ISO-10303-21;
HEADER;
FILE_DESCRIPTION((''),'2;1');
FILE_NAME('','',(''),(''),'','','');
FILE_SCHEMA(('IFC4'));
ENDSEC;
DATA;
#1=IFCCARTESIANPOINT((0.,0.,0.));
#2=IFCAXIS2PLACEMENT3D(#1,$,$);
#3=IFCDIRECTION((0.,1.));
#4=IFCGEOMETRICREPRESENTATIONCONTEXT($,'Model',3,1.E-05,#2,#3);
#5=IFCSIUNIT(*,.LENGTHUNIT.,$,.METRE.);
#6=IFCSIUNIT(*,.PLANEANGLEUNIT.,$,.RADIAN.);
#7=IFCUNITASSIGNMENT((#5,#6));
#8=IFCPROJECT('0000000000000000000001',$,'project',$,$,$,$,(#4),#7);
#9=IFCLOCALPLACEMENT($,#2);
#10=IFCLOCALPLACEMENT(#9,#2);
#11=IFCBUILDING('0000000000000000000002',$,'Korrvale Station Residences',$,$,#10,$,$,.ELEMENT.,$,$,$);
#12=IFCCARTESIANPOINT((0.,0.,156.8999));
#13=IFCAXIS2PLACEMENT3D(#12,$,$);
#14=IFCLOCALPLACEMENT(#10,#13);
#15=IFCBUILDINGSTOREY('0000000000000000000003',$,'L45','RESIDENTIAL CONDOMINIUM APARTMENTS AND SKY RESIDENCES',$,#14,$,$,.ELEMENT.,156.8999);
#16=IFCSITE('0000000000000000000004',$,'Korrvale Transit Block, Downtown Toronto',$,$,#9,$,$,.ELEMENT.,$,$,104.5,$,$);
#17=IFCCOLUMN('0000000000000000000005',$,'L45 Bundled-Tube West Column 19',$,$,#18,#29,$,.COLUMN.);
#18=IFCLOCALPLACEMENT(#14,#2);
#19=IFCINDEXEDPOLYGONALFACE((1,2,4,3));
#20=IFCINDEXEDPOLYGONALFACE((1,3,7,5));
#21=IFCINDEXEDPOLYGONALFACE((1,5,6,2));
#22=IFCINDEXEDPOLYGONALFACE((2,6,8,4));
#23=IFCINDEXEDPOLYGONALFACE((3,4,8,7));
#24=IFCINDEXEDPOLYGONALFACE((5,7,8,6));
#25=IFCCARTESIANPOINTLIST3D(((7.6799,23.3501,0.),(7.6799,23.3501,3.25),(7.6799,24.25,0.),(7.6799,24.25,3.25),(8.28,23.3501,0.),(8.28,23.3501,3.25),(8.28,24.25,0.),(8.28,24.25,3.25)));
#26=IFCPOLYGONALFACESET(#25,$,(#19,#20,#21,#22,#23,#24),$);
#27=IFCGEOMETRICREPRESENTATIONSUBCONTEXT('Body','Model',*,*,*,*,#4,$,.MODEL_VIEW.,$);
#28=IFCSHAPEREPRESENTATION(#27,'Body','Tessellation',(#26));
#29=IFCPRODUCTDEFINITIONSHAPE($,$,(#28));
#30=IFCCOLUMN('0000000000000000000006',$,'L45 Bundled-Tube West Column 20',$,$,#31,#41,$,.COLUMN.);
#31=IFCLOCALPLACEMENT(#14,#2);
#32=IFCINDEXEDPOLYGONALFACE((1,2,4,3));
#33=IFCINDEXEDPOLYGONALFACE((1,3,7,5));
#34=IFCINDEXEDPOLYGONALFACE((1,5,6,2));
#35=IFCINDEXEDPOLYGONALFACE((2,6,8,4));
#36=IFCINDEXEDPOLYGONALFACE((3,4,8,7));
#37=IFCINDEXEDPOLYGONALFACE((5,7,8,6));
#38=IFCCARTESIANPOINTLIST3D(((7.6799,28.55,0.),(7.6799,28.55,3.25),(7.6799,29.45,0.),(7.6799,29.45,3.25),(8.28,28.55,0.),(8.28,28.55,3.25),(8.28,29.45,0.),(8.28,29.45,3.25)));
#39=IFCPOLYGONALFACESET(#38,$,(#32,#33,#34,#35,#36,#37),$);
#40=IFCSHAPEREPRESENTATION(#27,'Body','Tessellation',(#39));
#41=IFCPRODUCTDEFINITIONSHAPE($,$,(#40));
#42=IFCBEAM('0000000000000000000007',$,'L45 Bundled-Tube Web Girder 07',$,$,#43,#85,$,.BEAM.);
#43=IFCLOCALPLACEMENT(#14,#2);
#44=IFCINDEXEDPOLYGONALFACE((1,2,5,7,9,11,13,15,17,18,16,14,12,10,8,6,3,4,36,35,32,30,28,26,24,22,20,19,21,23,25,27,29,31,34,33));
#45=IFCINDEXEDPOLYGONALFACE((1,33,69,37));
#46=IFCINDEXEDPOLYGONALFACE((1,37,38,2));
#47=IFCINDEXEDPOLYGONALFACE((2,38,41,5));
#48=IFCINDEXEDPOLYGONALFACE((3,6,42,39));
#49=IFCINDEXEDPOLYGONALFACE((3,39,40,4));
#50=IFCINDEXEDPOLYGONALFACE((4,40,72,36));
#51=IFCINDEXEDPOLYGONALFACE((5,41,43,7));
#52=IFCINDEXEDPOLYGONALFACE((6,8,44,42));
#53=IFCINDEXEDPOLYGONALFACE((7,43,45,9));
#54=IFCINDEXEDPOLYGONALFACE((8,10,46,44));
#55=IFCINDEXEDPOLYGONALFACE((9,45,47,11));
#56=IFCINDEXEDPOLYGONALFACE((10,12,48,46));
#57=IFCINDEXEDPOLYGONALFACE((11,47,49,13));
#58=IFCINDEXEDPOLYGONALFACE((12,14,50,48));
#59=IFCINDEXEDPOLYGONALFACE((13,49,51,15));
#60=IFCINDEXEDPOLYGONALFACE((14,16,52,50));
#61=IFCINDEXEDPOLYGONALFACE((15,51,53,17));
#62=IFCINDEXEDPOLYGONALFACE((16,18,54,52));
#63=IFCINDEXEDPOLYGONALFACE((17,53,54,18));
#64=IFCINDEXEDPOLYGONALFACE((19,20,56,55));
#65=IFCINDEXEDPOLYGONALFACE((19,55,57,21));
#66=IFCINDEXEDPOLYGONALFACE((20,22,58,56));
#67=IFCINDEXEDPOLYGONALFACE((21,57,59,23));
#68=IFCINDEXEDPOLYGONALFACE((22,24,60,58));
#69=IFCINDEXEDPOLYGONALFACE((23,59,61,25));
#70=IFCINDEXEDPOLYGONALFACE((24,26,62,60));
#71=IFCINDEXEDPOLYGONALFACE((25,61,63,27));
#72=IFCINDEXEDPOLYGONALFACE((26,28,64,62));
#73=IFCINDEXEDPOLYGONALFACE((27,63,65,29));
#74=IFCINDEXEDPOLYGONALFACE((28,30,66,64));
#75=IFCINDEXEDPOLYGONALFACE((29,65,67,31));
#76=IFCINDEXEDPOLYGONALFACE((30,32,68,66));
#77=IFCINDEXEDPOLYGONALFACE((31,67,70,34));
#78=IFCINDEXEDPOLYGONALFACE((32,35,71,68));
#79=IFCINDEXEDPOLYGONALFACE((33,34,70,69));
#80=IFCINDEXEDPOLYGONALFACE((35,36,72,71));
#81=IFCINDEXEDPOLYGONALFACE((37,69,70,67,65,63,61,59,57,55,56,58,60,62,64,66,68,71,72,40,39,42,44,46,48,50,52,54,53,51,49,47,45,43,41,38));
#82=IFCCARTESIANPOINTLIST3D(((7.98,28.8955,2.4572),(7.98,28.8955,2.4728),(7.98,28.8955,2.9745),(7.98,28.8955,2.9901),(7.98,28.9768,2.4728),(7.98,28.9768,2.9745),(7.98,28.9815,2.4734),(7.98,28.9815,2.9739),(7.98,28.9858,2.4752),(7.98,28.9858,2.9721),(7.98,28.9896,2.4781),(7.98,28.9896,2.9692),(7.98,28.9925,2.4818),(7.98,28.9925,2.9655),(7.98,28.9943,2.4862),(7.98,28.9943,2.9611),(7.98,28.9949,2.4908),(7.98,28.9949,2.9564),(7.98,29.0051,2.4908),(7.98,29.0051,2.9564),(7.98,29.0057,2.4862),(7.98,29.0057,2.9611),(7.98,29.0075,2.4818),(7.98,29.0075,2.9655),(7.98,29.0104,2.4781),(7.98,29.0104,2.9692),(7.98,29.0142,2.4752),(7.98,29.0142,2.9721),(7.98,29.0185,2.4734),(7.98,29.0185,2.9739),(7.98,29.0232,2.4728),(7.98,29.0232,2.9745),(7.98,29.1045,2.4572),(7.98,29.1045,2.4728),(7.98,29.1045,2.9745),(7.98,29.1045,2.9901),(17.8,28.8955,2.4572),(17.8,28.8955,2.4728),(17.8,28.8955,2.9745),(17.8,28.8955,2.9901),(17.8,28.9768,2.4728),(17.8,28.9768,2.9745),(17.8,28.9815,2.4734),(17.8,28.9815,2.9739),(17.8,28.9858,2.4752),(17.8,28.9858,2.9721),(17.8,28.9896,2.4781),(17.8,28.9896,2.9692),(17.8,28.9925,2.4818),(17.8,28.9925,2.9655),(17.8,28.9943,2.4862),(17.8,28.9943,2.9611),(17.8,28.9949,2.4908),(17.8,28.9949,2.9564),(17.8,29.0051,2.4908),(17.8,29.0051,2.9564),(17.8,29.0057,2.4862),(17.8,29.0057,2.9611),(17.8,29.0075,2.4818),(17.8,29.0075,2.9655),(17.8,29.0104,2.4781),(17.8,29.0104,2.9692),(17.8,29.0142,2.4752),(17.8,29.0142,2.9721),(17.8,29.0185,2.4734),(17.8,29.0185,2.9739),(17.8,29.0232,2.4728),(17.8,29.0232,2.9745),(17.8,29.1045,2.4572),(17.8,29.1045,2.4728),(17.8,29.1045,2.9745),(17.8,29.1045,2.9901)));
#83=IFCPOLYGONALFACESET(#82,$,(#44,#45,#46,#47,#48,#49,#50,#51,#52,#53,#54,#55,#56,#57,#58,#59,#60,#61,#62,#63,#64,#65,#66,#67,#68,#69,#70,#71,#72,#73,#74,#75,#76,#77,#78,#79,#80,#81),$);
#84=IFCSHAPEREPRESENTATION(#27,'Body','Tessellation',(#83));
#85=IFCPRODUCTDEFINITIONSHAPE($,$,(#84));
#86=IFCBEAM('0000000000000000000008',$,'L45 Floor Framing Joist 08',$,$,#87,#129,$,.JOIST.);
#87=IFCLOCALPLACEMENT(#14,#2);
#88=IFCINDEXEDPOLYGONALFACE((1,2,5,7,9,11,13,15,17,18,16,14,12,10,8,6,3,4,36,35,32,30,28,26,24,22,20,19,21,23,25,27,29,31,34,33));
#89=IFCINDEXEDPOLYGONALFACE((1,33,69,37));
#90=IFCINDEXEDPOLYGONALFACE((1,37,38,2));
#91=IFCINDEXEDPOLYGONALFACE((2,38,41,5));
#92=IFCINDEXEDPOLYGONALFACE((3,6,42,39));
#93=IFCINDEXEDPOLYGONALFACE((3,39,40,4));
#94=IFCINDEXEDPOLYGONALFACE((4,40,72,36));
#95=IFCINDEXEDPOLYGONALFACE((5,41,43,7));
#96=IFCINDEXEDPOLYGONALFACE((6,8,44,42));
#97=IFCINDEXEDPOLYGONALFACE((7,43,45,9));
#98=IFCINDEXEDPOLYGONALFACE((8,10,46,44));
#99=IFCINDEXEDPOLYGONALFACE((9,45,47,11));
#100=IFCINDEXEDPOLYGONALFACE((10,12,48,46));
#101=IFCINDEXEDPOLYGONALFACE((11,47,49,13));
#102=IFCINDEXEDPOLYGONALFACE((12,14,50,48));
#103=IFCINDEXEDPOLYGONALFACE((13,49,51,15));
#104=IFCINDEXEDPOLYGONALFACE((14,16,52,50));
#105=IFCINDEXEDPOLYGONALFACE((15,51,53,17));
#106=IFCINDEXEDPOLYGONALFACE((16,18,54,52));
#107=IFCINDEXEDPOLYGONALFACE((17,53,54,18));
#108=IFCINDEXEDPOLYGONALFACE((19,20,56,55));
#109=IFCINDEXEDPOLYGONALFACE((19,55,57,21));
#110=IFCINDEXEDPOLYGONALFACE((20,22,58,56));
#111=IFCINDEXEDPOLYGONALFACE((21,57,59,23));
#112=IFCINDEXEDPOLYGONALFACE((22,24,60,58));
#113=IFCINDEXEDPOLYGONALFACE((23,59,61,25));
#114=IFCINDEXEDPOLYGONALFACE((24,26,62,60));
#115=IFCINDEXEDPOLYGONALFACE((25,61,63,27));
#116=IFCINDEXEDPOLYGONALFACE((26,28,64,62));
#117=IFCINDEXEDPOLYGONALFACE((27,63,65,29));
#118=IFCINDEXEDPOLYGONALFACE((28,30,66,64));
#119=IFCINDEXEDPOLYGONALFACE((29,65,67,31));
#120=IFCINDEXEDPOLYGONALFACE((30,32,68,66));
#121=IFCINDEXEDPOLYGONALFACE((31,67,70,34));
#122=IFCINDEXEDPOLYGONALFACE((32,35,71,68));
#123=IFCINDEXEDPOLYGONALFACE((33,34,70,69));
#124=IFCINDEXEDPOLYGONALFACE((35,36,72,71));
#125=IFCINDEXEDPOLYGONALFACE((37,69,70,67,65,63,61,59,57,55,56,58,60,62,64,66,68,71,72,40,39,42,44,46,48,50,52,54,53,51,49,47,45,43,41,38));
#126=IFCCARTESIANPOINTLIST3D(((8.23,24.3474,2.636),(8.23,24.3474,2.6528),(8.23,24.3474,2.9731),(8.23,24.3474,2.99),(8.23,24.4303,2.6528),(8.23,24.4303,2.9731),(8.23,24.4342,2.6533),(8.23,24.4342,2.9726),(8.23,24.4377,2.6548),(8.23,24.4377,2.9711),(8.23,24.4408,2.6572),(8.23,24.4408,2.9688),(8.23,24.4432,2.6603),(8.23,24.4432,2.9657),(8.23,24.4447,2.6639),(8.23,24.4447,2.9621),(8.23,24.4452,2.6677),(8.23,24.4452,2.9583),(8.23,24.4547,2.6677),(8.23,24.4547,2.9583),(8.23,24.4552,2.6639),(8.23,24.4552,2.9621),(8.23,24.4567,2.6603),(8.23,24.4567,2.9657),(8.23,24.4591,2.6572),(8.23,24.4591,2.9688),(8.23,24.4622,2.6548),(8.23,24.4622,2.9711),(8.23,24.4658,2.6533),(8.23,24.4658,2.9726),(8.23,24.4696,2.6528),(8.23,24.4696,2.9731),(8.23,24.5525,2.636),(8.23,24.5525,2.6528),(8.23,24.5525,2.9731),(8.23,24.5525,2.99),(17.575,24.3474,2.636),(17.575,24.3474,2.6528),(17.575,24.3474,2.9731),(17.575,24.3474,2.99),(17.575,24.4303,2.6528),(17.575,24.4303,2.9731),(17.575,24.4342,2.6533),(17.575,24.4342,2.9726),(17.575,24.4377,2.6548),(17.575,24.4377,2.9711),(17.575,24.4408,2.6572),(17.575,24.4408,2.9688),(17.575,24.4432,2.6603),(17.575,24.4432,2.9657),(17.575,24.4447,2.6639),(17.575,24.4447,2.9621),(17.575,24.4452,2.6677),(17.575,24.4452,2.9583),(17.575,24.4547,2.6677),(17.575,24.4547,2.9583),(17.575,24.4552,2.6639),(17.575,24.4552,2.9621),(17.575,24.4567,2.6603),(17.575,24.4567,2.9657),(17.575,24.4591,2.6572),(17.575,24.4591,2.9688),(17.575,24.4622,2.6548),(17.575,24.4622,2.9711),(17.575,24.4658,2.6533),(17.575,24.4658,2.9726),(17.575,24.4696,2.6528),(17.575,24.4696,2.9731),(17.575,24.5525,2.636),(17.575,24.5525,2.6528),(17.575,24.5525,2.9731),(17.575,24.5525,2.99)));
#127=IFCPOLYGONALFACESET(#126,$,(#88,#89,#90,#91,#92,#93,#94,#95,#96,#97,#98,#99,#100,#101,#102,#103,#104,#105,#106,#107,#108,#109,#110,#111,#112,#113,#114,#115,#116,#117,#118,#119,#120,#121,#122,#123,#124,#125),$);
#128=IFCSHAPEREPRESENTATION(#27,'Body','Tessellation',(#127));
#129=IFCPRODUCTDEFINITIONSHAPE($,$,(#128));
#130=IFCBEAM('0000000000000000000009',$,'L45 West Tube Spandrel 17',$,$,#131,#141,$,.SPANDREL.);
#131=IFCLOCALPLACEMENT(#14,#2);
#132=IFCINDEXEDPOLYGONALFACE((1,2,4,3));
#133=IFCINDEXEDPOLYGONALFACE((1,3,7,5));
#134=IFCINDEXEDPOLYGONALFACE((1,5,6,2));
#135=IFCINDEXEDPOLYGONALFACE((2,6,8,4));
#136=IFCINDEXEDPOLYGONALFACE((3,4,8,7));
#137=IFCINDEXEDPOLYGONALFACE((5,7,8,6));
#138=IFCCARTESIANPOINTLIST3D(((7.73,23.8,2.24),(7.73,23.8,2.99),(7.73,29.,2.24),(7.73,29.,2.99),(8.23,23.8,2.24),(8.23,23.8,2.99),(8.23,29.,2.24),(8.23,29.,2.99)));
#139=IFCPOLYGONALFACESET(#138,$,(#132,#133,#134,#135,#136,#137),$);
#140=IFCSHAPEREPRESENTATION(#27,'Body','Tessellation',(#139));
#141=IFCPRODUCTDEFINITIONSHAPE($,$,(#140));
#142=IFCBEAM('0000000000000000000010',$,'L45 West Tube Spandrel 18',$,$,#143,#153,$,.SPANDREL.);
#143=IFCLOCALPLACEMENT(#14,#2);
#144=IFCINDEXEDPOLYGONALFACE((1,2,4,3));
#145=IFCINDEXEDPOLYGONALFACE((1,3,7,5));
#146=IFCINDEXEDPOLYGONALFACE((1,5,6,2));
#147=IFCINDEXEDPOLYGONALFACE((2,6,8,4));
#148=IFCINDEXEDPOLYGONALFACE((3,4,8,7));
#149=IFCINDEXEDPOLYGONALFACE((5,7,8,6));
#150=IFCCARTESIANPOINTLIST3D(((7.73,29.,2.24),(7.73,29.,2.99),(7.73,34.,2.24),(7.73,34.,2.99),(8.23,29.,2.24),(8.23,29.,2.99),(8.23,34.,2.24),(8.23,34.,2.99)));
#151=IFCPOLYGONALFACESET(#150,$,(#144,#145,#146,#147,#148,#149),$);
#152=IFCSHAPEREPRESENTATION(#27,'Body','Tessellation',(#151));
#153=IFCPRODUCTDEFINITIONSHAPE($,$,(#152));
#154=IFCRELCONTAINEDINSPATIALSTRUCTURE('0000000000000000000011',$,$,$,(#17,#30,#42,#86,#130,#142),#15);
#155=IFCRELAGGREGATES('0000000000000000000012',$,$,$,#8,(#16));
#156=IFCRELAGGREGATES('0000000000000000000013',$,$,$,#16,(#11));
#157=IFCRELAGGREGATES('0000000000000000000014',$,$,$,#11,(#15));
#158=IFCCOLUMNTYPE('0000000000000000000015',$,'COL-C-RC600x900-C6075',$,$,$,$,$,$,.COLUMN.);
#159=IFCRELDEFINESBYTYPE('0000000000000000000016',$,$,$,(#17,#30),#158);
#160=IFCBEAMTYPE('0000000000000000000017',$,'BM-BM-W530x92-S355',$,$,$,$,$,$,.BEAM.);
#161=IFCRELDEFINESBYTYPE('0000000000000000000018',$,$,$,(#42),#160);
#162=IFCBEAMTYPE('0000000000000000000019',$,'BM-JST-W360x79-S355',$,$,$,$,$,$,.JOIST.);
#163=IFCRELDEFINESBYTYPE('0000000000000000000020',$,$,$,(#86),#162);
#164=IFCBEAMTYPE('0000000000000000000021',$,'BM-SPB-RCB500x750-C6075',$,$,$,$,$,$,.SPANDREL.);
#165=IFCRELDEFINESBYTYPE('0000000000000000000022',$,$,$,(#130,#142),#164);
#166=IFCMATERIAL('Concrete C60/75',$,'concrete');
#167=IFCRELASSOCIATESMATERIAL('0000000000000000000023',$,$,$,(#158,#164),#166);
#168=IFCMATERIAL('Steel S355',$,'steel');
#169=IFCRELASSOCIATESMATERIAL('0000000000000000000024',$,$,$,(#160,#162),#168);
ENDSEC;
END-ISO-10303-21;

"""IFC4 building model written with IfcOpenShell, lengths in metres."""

from ifc_helpers import new_model, si_unit, direction, frame, origin, origin_2d, place, context, subcontext, project, spatial, rectangle, i_section, extrude, material, material_profile, profile_set, type_object, element, save


model = new_model("IFC4")

# Units and contexts
model_context = context("Model", 3, precision=1e-05, world=origin(), true_north=direction((0.0, 1.0)))
body_context = subcontext(model_context, "Body", "Model", "MODEL_VIEW")
ifc_project = project(units=[si_unit("LENGTHUNIT", "METRE"), si_unit("PLANEANGLEUNIT", "RADIAN")], contexts=[model_context])

# Site, building, storey
site_placement = place(None, origin())
site = spatial("IfcSite", under=ifc_project, at=site_placement, Name="Korrvale Transit Block, Downtown Toronto", CompositionType="ELEMENT", RefElevation=104.5)
building_placement = place(site_placement, origin())
building = spatial("IfcBuilding", under=site, at=building_placement, Name="Korrvale Station Residences", CompositionType="ELEMENT")
storey_placement = place(building_placement, frame((0.0, 0.0, 156.8999)))
storey = spatial("IfcBuildingStorey", under=building, at=storey_placement, Name="L45", Description="RESIDENTIAL CONDOMINIUM APARTMENTS AND SKY RESIDENCES", CompositionType="ELEMENT", Elevation=156.8999)

# Columns
ifc_material_1 = material(Name="Concrete C60/75", Category="concrete")
ifc_material_profile_1 = material_profile(ifc_material_1, rectangle(XDim=0.6001, YDim=0.8999, at=origin_2d()), Name="RC600x900")
ifc_profile_set_1 = profile_set([ifc_material_profile_1], Name="Concrete C60/75")
column_type = type_object("IfcColumnType", Name="COL-C-RC600x900-C6075", PredefinedType="COLUMN", material=ifc_profile_set_1)
for number, where, z_axis, x_axis, name in (
    (1, (7.98, 23.8, 0.0), (0.0, 0.0, 1.0), (1.0, 0.0, 0.0), "L45 Bundled-Tube West Column 19"),
    (2, (7.98, 29.0, 0.0), (0.0, 0.0, 1.0), (1.0, 0.0, 0.0), "L45 Bundled-Tube West Column 20"),
):
    element("IfcColumn", number, at=place(storey_placement, frame(where, z_axis=z_axis, x_axis=x_axis)), inside=storey, type_object=column_type, Name=name, PredefinedType="COLUMN", context=body_context, shape_type="SweptSolid", body=[
        extrude(rectangle(XDim=0.6001, YDim=0.8999, at=origin_2d()), origin(), (0.0, 0.0, 1.0), 3.25),
    ])

# Beams
ifc_material_2 = material(Name="Steel S355", Category="steel")
ifc_material_profile_2 = material_profile(ifc_material_2, i_section(OverallWidth=0.209, OverallDepth=0.533, WebThickness=0.0103, FlangeThickness=0.0156, FilletRadius=0.0181, at=origin_2d()), Name="W530x92")
ifc_profile_set_2 = profile_set([ifc_material_profile_2], Name="Steel S355")
beam_type_1 = type_object("IfcBeamType", Name="BM-BM-W530x92-S355", PredefinedType="BEAM", material=ifc_profile_set_2)
beam_1_placement = place(storey_placement, frame((7.98, 29.0, 2.7236), z_axis=(1.0, 0.0, 0.0), x_axis=(0.0, 1.0, 0.0)))
element("IfcBeam", 3, at=beam_1_placement, inside=storey, type_object=beam_type_1, Name="L45 Bundled-Tube Web Girder 07", PredefinedType="BEAM", context=body_context, shape_type="SweptSolid", body=[
    extrude(i_section(OverallWidth=0.209, OverallDepth=0.533, WebThickness=0.0103, FlangeThickness=0.0156, FilletRadius=0.0181, at=origin_2d()), origin(), (0.0, 0.0, 1.0), 9.8201),
])
ifc_material_profile_3 = material_profile(ifc_material_2, i_section(OverallWidth=0.2051, OverallDepth=0.354, WebThickness=0.0095, FlangeThickness=0.0168, FilletRadius=0.0149, at=origin_2d()), Name="W360x79")
ifc_profile_set_3 = profile_set([ifc_material_profile_3], Name="Steel S355")
beam_type_2 = type_object("IfcBeamType", Name="BM-JST-W360x79-S355", PredefinedType="JOIST", material=ifc_profile_set_3)
beam_2_placement = place(storey_placement, frame((8.23, 24.45, 2.813), z_axis=(1.0, 0.0, 0.0), x_axis=(0.0, 1.0, 0.0)))
element("IfcBeam", 4, at=beam_2_placement, inside=storey, type_object=beam_type_2, Name="L45 Floor Framing Joist 08", PredefinedType="JOIST", context=body_context, shape_type="SweptSolid", body=[
    extrude(i_section(OverallWidth=0.2051, OverallDepth=0.354, WebThickness=0.0095, FlangeThickness=0.0168, FilletRadius=0.0149, at=origin_2d()), origin(), (0.0, 0.0, 1.0), 9.345),
])
ifc_material_profile_4 = material_profile(ifc_material_1, rectangle(XDim=0.5, YDim=0.75, at=origin_2d()), Name="RCB500x750")
ifc_profile_set_4 = profile_set([ifc_material_profile_4], Name="Concrete C60/75")
beam_type_3 = type_object("IfcBeamType", Name="BM-SPB-RCB500x750-C6075", PredefinedType="SPANDREL", material=ifc_profile_set_4)
beam_3_placement = place(storey_placement, frame((7.98, 23.8, 2.615), z_axis=(0.0, 1.0, 0.0), x_axis=(-1.0, 0.0, 0.0)))
element("IfcBeam", 5, at=beam_3_placement, inside=storey, type_object=beam_type_3, Name="L45 West Tube Spandrel 17", PredefinedType="SPANDREL", context=body_context, shape_type="SweptSolid", body=[
    extrude(rectangle(XDim=0.5, YDim=0.75, at=origin_2d()), origin(), (0.0, 0.0, 1.0), 5.2),
])
beam_4_placement = place(storey_placement, frame((7.98, 29.0, 2.615), z_axis=(0.0, 1.0, 0.0), x_axis=(-1.0, 0.0, 0.0)))
element("IfcBeam", 6, at=beam_4_placement, inside=storey, type_object=beam_type_3, Name="L45 West Tube Spandrel 18", PredefinedType="SPANDREL", context=body_context, shape_type="SweptSolid", body=[
    extrude(rectangle(XDim=0.5, YDim=0.75, at=origin_2d()), origin(), (0.0, 0.0, 1.0), 5.0),
])

save(model, "model.ifc")
